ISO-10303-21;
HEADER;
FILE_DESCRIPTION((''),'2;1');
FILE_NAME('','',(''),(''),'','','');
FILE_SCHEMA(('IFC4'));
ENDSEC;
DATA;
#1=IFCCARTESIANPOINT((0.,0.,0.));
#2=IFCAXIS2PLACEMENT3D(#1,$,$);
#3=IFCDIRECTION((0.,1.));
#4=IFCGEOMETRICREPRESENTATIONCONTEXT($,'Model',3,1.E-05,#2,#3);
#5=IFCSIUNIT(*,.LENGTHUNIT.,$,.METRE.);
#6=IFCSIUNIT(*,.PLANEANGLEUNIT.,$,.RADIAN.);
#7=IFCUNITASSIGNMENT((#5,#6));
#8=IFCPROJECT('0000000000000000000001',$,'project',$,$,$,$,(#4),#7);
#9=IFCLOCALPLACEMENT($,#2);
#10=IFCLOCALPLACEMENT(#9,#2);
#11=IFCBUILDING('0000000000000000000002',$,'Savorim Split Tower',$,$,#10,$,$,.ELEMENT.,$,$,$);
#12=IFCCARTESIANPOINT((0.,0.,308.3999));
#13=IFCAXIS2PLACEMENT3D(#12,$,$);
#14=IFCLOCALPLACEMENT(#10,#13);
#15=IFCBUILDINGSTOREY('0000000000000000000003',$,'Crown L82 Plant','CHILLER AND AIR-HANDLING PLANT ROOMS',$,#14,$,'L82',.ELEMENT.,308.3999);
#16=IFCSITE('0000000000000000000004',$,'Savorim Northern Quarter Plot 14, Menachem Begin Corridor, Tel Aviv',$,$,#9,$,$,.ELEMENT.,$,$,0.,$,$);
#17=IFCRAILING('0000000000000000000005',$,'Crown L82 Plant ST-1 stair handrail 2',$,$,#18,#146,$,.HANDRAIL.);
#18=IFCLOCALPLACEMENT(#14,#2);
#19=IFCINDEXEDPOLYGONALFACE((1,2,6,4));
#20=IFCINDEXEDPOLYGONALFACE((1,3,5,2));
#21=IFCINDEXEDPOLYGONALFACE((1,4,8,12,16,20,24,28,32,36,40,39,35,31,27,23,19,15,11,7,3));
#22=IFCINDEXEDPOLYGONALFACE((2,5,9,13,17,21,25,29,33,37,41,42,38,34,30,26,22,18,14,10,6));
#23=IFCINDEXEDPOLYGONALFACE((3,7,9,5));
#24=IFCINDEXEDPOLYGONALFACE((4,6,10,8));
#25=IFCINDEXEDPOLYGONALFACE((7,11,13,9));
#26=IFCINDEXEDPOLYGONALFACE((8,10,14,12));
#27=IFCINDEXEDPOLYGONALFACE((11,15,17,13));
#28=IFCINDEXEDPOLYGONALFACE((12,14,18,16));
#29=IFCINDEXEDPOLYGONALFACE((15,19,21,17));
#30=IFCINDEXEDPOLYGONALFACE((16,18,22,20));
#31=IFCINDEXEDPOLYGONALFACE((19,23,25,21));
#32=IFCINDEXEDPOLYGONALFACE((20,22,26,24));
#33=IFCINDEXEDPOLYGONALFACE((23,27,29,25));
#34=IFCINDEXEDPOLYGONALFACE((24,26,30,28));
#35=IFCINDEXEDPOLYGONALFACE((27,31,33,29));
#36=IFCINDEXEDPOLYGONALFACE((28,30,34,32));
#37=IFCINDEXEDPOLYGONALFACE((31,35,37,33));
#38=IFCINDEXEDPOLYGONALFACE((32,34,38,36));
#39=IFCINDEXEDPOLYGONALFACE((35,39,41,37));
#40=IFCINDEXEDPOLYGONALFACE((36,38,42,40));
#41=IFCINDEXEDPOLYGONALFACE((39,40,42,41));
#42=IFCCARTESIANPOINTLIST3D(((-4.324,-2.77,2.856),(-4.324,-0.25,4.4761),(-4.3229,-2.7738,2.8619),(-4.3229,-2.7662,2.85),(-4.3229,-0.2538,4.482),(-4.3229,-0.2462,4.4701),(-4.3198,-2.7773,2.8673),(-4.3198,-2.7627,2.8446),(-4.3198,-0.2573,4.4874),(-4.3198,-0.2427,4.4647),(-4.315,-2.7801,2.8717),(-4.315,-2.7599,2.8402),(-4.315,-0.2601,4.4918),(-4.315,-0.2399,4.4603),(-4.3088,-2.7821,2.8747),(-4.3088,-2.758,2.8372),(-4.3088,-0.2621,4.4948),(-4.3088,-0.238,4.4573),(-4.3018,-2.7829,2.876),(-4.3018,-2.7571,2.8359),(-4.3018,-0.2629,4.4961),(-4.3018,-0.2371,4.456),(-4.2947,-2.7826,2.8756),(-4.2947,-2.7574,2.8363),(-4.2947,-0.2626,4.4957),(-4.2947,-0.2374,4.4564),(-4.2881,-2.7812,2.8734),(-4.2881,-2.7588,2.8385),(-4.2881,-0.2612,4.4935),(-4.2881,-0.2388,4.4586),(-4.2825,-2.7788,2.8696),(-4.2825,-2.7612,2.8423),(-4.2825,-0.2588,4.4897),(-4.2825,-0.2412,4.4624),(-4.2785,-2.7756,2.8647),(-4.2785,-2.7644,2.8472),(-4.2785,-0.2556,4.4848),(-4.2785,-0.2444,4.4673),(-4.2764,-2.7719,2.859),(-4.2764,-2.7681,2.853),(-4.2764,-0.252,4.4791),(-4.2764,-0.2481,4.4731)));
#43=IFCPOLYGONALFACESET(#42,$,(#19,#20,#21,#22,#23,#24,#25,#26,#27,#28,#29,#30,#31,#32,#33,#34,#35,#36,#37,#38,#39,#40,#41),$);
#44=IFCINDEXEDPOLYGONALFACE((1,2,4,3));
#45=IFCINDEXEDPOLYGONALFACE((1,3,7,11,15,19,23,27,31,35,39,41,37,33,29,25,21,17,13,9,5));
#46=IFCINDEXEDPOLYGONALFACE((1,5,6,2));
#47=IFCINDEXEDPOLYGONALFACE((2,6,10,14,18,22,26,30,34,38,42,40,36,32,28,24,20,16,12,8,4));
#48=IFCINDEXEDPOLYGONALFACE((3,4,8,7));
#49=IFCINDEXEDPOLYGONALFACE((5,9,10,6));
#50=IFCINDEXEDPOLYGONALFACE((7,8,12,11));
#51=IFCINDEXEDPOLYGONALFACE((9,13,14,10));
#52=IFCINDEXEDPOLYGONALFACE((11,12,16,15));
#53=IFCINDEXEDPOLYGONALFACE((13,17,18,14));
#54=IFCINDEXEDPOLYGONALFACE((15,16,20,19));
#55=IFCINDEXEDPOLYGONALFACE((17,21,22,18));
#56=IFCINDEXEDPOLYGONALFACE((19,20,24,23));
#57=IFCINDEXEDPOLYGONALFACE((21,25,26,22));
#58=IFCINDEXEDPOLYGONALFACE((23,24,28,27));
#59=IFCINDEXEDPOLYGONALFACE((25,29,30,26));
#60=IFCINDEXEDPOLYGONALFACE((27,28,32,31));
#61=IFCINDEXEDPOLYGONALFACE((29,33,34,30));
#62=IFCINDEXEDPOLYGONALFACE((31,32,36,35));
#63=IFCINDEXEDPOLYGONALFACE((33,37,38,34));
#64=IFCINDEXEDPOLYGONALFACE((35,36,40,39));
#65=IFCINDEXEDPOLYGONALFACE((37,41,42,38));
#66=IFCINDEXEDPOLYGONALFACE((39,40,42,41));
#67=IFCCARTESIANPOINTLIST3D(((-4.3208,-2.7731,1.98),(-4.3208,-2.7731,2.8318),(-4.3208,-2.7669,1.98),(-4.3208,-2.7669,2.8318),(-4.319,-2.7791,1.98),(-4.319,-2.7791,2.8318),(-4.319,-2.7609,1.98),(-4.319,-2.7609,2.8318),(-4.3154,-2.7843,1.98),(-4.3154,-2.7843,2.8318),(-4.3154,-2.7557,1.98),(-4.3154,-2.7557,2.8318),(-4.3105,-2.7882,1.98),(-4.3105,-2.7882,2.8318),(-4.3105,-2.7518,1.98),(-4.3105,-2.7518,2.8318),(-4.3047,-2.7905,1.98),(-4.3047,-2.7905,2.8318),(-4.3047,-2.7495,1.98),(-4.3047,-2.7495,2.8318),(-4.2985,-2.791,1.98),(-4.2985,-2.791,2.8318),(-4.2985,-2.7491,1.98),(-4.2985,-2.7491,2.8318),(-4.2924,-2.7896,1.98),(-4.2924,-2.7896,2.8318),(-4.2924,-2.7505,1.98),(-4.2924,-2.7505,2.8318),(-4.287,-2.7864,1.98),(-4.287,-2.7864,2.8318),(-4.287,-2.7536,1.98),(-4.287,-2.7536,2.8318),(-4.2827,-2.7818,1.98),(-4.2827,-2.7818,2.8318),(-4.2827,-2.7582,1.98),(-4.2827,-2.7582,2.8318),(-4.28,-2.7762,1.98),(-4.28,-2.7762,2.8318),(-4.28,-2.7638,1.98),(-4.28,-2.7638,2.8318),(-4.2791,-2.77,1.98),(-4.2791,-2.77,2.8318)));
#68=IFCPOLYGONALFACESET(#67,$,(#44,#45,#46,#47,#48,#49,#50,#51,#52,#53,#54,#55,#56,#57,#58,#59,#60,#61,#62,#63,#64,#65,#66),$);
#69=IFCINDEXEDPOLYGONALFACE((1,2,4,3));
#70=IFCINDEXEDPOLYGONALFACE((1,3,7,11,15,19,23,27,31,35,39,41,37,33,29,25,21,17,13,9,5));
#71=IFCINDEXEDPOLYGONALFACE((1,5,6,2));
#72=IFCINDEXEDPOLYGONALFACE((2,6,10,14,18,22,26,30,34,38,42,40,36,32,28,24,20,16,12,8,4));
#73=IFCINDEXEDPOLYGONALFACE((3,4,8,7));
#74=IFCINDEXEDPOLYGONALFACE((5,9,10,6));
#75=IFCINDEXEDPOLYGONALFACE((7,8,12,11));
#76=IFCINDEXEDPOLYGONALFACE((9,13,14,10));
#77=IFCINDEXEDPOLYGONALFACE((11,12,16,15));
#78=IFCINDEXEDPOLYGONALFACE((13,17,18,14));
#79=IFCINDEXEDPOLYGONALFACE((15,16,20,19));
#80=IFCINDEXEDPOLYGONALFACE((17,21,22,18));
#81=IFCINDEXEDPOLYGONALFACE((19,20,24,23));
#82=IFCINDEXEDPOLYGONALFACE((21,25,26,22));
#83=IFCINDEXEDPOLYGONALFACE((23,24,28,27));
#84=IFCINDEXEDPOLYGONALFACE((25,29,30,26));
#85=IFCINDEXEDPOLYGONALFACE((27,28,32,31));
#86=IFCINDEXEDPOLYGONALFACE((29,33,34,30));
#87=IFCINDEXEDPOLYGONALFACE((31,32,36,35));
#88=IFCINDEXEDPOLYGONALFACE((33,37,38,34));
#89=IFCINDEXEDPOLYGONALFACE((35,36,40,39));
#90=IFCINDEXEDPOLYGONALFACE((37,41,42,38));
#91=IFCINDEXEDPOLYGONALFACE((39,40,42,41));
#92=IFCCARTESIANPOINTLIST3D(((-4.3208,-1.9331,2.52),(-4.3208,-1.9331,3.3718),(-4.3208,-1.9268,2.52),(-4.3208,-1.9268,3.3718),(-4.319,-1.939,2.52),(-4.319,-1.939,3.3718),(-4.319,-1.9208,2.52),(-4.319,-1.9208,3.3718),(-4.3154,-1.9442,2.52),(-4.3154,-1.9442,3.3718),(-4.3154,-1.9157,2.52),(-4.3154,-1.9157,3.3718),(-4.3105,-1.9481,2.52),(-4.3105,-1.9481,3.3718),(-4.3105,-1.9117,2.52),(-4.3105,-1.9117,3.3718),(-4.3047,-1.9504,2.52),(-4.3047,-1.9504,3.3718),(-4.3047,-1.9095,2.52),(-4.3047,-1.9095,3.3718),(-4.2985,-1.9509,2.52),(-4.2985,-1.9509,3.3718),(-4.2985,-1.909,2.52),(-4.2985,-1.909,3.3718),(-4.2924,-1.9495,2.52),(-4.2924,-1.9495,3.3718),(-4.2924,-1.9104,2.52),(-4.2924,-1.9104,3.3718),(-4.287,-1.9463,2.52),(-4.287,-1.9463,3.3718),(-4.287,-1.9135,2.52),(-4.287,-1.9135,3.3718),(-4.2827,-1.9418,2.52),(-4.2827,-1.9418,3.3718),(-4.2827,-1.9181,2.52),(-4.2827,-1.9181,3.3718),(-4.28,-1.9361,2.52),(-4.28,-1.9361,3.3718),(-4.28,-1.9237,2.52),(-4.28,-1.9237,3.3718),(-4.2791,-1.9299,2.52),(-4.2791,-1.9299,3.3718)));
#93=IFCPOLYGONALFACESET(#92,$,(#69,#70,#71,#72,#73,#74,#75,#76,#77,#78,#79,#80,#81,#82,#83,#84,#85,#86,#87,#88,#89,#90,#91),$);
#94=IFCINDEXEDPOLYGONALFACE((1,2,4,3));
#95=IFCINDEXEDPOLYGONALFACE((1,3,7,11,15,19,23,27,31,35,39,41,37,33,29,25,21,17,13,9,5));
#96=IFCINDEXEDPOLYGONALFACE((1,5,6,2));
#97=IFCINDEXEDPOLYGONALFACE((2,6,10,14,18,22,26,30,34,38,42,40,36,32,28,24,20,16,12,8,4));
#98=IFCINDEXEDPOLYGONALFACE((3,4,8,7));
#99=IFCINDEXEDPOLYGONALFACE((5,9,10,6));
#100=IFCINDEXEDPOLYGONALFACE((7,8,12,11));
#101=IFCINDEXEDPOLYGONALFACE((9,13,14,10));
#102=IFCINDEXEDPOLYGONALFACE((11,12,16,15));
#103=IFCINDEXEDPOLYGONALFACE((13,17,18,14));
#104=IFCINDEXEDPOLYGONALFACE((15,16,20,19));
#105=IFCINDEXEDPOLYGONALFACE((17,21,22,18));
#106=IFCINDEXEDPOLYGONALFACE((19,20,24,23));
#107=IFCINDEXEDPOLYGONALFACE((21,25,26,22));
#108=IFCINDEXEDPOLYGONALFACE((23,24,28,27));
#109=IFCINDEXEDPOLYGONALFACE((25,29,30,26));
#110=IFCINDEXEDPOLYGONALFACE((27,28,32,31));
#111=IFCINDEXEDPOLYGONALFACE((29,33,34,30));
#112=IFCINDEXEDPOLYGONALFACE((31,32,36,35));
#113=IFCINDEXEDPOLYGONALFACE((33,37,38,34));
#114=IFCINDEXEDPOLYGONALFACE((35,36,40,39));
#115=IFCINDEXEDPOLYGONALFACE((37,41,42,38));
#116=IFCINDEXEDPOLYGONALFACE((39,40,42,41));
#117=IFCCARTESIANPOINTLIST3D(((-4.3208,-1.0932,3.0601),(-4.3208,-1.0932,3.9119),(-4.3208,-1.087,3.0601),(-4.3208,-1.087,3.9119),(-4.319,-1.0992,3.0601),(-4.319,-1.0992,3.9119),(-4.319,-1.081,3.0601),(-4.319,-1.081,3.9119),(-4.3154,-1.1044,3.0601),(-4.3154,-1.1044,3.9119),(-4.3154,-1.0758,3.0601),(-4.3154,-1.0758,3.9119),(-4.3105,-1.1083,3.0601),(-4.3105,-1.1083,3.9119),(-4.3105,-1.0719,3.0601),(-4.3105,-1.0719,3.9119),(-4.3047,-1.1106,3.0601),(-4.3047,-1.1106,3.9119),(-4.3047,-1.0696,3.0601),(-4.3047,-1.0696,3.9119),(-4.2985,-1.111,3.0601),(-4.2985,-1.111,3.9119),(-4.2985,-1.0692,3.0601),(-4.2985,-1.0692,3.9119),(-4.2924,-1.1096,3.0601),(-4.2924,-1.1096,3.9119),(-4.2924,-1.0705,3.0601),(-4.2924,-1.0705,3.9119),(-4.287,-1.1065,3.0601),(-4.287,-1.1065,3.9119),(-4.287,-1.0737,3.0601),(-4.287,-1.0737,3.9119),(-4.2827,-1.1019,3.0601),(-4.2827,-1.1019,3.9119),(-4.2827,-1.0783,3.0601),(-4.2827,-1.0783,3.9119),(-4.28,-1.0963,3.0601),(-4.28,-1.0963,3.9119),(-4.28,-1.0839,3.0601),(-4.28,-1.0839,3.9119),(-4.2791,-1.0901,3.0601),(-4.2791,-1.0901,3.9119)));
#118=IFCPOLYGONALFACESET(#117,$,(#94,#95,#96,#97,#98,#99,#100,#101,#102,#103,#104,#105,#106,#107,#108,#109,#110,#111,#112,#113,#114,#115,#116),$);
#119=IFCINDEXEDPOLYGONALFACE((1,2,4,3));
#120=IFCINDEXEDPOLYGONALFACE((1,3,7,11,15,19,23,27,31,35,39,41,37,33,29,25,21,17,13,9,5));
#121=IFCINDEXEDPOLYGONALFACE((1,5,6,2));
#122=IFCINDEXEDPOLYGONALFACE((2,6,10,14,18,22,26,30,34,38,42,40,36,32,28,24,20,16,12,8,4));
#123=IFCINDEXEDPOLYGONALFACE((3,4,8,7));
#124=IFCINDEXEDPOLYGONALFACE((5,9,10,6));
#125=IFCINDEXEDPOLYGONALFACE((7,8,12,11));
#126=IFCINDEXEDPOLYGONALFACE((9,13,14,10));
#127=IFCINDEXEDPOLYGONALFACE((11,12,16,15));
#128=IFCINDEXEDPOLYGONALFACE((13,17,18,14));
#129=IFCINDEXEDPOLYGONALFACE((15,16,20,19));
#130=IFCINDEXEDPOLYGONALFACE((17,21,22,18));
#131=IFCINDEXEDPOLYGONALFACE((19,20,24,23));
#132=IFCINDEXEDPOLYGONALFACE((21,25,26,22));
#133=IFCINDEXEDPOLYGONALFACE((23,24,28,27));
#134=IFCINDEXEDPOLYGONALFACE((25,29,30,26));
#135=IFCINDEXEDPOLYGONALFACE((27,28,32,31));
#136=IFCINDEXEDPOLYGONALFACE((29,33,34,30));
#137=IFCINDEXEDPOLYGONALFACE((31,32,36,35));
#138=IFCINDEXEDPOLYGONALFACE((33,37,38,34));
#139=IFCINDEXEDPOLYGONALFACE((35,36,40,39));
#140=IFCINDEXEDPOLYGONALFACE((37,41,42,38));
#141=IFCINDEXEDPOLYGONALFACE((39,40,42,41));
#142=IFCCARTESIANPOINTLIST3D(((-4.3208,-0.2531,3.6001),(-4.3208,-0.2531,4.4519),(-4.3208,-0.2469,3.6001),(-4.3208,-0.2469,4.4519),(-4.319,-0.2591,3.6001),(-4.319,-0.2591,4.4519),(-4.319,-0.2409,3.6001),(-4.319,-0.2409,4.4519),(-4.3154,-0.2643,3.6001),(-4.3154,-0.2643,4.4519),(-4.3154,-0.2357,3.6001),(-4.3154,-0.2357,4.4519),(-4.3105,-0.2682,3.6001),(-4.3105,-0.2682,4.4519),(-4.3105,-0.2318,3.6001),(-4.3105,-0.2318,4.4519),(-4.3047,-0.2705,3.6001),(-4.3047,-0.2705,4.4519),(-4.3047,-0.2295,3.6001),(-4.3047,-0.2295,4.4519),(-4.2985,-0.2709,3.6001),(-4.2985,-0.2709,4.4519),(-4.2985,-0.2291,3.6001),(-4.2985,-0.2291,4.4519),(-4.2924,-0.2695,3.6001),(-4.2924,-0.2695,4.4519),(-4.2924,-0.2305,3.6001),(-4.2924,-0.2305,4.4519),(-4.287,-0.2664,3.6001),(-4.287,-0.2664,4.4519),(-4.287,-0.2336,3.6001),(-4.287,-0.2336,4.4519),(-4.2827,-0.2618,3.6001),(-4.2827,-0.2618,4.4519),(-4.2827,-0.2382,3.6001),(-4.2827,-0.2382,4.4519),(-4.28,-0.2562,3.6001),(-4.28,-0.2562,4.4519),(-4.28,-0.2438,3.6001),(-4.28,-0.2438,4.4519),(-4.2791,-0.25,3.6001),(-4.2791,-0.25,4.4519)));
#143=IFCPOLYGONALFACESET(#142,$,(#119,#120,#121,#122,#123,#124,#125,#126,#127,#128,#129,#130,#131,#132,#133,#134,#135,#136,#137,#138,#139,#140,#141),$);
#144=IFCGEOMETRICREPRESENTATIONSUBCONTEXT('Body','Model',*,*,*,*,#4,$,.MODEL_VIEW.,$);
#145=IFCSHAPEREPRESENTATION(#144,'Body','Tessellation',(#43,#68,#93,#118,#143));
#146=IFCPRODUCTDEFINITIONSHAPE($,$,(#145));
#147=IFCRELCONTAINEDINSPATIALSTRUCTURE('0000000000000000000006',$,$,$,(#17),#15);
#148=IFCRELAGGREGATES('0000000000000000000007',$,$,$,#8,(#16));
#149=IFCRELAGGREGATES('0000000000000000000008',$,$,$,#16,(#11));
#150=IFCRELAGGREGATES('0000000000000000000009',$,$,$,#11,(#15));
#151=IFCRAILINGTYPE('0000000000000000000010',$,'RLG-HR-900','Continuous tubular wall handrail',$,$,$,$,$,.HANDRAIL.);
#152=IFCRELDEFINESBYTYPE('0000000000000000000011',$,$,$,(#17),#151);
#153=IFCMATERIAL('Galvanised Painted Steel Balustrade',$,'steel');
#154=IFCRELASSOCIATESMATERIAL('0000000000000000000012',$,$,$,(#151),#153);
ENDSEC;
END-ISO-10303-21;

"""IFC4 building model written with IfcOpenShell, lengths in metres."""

from ifc_helpers import new_model, si_unit, direction, frame, origin, origin_2d, place, context, subcontext, project, spatial, circle, extrude, material, type_object, element, save


model = new_model("IFC4")

# Units and contexts
model_context = context("Model", 3, precision=1e-05, world=origin(), true_north=direction((0.0, 1.0)))
body_context = subcontext(model_context, "Body", "Model", "MODEL_VIEW")
ifc_project = project(units=[si_unit("LENGTHUNIT", "METRE"), si_unit("PLANEANGLEUNIT", "RADIAN")], contexts=[model_context])

# Site, building, storey
site_placement = place(None, origin())
site = spatial("IfcSite", under=ifc_project, at=site_placement, Name="Savorim Northern Quarter Plot 14, Menachem Begin Corridor, Tel Aviv", CompositionType="ELEMENT", RefElevation=0.0)
building_placement = place(site_placement, origin())
building = spatial("IfcBuilding", under=site, at=building_placement, Name="Savorim Split Tower", CompositionType="ELEMENT")
storey_placement = place(building_placement, frame((0.0, 0.0, 308.3999)))
storey = spatial("IfcBuildingStorey", under=building, at=storey_placement, Name="Crown L82 Plant", Description="CHILLER AND AIR-HANDLING PLANT ROOMS", LongName="L82", CompositionType="ELEMENT", Elevation=308.3999)

# Railing
ifc_material_1 = material(Name="Galvanised Painted Steel Balustrade", Category="steel")
railing_type_1 = type_object("IfcRailingType", Name="RLG-HR-900", Description="Continuous tubular wall handrail", PredefinedType="HANDRAIL", material=ifc_material_1)
railing_1_placement = place(storey_placement, frame((-4.3, -2.77, 1.98)))
element("IfcRailing", 1, at=railing_1_placement, inside=storey, type_object=railing_type_1, Name="Crown L82 Plant ST-1 stair handrail 2", PredefinedType="HANDRAIL", context=body_context, shape_type="SweptSolid", body=[
    extrude(circle(Radius=0.0239, at=origin_2d()), frame((0.0, 0.0, 0.876), z_axis=(0.0, 0.841163, 0.540782), x_axis=(-1.0, 0.0, 0.0)), (0.0, 0.0, 1.0), 2.9958),
    extrude(circle(Radius=0.021, at=origin_2d()), origin(), (0.0, 0.0, 1.0), 0.8518),
    extrude(circle(Radius=0.021, at=origin_2d()), frame((0.0, 0.8401, 0.54)), (0.0, 0.0, 1.0), 0.8518),
    extrude(circle(Radius=0.021, at=origin_2d()), frame((0.0, 1.6799, 1.0801)), (0.0, 0.0, 1.0), 0.8518),
    extrude(circle(Radius=0.021, at=origin_2d()), frame((0.0, 2.52, 1.6201)), (0.0, 0.0, 1.0), 0.8518),
])

save(model, "model.ifc")
